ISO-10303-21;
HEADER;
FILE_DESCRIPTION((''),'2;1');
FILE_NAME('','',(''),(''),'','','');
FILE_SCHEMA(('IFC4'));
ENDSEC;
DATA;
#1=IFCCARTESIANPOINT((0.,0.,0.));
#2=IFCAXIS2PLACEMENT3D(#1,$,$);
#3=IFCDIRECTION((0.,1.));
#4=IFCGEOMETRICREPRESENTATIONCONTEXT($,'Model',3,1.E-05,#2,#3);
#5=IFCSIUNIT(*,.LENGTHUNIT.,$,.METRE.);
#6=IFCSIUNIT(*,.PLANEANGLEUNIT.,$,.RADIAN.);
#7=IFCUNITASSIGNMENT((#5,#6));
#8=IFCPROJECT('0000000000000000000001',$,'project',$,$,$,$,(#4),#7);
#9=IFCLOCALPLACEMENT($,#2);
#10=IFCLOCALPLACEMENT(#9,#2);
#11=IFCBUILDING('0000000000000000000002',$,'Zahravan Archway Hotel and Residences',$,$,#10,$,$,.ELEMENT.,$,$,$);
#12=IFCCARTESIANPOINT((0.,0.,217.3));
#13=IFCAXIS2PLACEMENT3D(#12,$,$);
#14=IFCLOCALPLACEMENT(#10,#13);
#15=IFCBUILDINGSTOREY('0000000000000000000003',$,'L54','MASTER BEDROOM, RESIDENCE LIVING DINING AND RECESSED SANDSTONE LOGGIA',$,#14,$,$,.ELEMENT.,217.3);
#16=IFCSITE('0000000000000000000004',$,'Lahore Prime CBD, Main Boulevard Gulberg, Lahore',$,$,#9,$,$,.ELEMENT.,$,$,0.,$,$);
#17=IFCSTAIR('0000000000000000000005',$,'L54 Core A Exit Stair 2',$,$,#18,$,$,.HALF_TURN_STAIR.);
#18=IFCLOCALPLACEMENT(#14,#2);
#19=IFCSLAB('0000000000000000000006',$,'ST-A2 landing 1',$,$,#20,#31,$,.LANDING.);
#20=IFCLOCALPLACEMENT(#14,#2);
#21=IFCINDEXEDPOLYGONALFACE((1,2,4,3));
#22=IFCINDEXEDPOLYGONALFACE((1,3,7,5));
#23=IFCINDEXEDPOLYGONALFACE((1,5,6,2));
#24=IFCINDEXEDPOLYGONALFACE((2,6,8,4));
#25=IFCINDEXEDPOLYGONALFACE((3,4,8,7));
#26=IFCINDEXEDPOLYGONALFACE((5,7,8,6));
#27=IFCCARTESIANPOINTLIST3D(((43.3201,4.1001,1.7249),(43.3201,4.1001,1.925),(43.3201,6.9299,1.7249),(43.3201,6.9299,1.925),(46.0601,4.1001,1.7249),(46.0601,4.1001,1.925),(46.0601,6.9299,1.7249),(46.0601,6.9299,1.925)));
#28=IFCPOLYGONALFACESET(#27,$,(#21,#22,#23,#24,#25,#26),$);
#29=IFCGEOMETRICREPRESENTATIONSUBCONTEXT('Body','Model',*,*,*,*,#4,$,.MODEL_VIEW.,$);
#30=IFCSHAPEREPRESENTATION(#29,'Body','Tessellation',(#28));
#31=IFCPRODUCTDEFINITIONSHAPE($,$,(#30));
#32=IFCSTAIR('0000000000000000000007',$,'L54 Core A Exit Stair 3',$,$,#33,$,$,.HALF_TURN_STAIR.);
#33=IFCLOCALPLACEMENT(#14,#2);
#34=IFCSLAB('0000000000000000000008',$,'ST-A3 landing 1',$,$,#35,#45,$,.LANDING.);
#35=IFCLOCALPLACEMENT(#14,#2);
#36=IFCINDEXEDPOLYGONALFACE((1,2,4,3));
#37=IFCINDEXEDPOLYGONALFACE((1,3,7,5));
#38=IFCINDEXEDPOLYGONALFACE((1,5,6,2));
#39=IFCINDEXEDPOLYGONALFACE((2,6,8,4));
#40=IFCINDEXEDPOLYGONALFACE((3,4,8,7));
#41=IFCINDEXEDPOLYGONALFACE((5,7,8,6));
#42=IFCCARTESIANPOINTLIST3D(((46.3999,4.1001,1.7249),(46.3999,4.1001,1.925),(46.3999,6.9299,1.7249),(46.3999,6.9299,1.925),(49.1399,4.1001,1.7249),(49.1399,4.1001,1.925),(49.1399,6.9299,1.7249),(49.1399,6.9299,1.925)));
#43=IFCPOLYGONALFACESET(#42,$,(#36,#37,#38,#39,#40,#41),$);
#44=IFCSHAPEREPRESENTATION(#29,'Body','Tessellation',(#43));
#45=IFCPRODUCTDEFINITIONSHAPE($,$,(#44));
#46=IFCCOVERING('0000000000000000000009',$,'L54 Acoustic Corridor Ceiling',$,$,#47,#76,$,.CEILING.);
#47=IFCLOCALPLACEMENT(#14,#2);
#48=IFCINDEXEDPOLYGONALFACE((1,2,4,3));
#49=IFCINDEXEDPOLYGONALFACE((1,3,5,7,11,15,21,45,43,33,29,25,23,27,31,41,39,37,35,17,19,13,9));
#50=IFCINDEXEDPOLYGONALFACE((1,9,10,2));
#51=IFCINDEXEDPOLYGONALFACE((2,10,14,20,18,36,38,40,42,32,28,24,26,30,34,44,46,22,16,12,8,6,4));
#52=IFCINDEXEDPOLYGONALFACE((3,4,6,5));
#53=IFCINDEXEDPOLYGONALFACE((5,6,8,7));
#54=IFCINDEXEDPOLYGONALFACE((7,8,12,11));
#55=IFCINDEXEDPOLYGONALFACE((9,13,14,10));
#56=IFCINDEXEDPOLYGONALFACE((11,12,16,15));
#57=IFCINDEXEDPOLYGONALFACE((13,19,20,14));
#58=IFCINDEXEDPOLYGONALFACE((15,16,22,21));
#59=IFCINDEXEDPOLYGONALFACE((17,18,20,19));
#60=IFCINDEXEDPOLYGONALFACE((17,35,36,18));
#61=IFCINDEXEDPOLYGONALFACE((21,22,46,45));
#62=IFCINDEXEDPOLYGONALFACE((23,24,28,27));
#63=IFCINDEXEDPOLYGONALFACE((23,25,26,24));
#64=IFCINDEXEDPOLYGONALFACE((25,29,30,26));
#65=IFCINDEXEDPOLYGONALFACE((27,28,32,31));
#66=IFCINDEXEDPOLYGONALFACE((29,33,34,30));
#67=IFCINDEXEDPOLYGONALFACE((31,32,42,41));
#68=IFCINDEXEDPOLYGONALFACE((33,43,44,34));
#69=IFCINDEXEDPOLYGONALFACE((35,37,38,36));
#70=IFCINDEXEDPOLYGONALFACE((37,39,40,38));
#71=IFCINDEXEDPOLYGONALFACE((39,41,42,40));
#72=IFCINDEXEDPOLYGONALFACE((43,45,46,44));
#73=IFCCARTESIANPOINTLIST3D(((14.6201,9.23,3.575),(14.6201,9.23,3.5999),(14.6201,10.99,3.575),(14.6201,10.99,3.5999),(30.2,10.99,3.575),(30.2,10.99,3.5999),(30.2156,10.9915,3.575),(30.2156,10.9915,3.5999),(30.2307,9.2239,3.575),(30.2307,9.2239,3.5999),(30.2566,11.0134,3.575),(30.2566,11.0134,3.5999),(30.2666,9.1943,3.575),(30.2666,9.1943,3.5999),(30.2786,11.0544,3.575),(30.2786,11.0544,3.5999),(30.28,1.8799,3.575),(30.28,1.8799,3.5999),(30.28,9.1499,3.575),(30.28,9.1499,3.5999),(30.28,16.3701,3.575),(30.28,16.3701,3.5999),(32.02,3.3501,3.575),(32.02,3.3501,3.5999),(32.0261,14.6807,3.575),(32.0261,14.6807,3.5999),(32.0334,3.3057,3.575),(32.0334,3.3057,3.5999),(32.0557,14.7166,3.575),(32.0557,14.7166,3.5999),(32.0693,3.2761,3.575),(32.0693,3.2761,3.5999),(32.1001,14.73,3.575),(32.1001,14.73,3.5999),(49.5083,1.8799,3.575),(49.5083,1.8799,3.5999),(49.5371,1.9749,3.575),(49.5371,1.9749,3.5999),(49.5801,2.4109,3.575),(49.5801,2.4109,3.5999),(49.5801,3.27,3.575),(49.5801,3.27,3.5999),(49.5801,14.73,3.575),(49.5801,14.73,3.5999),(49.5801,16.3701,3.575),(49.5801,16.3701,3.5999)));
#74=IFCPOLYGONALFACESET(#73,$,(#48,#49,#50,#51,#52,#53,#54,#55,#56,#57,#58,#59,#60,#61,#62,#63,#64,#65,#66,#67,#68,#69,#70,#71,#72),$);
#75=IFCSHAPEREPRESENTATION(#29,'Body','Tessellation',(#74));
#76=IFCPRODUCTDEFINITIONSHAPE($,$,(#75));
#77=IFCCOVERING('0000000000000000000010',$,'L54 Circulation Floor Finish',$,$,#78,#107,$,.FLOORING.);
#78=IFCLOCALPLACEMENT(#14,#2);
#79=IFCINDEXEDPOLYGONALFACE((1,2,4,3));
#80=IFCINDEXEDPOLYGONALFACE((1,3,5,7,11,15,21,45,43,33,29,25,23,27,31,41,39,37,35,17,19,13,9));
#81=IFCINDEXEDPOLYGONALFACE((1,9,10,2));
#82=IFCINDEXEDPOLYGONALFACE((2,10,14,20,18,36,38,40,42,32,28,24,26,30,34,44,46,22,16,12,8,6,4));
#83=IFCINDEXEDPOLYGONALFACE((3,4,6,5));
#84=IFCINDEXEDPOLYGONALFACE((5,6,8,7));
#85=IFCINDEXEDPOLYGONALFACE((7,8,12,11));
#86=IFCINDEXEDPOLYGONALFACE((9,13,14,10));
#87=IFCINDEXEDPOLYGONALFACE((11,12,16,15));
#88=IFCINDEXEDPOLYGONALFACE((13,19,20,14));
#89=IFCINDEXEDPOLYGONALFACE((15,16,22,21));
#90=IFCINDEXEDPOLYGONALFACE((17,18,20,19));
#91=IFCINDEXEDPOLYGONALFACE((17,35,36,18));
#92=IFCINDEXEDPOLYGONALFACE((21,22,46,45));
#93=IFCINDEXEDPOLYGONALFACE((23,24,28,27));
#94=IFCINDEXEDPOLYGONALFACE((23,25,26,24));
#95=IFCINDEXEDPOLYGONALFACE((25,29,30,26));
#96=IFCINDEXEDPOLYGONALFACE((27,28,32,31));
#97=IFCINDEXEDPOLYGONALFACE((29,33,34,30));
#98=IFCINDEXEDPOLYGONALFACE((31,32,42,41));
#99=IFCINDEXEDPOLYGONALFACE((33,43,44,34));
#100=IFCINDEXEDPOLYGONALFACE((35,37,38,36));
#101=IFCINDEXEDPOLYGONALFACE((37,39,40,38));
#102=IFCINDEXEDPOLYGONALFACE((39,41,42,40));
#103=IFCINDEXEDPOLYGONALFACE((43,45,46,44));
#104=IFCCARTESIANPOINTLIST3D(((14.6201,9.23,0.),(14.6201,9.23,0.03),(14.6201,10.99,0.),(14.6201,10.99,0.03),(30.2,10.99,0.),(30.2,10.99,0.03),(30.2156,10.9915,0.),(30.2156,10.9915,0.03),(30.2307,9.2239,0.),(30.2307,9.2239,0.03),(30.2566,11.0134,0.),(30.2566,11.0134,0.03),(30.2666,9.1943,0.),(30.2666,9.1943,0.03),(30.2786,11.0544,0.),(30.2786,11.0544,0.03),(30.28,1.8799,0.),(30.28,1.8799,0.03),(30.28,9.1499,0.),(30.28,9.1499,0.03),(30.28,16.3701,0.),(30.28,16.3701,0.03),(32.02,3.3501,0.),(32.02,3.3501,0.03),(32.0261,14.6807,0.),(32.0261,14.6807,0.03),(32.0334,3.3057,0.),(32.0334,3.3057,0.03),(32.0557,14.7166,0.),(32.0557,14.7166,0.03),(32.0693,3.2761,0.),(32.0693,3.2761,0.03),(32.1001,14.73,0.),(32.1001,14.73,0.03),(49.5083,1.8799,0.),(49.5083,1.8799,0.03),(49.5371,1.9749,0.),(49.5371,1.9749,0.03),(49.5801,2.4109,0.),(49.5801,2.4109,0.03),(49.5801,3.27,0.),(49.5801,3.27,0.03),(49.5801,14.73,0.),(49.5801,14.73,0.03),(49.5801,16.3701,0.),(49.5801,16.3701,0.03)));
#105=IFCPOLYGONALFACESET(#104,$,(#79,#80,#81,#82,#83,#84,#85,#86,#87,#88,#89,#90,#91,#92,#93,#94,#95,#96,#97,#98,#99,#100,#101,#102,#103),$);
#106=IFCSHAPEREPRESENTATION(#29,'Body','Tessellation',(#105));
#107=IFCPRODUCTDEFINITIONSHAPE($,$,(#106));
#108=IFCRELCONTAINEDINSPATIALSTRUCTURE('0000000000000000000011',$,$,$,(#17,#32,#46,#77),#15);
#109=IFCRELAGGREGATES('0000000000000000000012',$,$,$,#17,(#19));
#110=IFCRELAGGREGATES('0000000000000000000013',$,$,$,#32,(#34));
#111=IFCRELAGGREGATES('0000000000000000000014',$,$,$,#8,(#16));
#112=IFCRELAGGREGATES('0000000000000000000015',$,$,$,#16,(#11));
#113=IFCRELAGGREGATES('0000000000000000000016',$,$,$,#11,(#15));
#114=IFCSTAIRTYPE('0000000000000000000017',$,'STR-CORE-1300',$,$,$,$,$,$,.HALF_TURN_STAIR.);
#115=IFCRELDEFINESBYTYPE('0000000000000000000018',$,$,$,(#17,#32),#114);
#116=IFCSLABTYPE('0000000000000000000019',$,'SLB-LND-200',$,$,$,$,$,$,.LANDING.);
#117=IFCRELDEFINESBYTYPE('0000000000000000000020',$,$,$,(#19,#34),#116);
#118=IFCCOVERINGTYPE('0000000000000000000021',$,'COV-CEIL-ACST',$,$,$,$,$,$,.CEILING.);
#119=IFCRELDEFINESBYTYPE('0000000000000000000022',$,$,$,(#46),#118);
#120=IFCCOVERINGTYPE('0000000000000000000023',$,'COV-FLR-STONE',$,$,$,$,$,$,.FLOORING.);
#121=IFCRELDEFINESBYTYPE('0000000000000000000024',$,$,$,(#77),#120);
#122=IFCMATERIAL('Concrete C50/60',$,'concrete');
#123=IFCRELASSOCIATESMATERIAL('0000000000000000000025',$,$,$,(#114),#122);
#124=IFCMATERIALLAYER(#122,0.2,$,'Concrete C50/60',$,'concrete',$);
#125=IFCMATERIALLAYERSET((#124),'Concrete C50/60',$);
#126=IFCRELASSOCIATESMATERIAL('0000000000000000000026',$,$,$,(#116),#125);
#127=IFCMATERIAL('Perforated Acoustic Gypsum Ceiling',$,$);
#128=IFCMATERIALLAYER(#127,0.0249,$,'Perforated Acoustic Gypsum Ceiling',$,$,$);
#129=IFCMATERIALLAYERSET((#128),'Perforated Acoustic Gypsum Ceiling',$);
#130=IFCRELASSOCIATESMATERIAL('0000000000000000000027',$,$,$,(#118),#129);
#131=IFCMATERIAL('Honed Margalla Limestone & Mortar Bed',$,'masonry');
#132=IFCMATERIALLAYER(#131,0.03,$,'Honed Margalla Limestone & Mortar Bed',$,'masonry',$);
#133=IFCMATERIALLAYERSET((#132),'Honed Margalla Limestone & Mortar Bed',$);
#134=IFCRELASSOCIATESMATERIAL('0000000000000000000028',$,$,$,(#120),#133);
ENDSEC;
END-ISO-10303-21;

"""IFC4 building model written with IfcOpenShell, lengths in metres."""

from ifc_helpers import new_model, si_unit, direction, frame, origin, place, context, subcontext, project, spatial, polyline, outline, extrude, material, layer, layer_set, type_object, element, aggregate, save


model = new_model("IFC4")

# Units and contexts
model_context = context("Model", 3, precision=1e-05, world=origin(), true_north=direction((0.0, 1.0)))
body_context = subcontext(model_context, "Body", "Model", "MODEL_VIEW")
ifc_project = project(units=[si_unit("LENGTHUNIT", "METRE"), si_unit("PLANEANGLEUNIT", "RADIAN")], contexts=[model_context])

# Site, building, storey
site_placement = place(None, origin())
site = spatial("IfcSite", under=ifc_project, at=site_placement, Name="Lahore Prime CBD, Main Boulevard Gulberg, Lahore", CompositionType="ELEMENT", RefElevation=0.0)
building_placement = place(site_placement, origin())
building = spatial("IfcBuilding", under=site, at=building_placement, Name="Zahravan Archway Hotel and Residences", CompositionType="ELEMENT")
storey_placement = place(building_placement, frame((0.0, 0.0, 217.3)))
storey = spatial("IfcBuildingStorey", under=building, at=storey_placement, Name="L54", Description="MASTER BEDROOM, RESIDENCE LIVING DINING AND RECESSED SANDSTONE LOGGIA", CompositionType="ELEMENT", Elevation=217.3)

# Stairs, slabs
ifc_material_1 = material(Name="Concrete C50/60", Category="concrete")
stair_type = type_object("IfcStairType", Name="STR-CORE-1300", PredefinedType="HALF_TURN_STAIR", material=ifc_material_1)
ifc_layer_1 = layer(ifc_material_1, 0.2, Name="Concrete C50/60", Category="concrete")
ifc_layer_set_1 = layer_set([ifc_layer_1], Name="Concrete C50/60")
slab_type_1 = type_object("IfcSlabType", Name="SLB-LND-200", PredefinedType="LANDING", material=ifc_layer_set_1)
stair_1_placement = place(storey_placement, origin())
stair_1 = element("IfcStair", 1, at=stair_1_placement, inside=storey, type_object=stair_type, Name="L54 Core A Exit Stair 2", PredefinedType="HALF_TURN_STAIR")
slab_1_placement = place(storey_placement, frame((0.0, 0.0, 1.7249)))
slab_1 = element("IfcSlab", 2, at=slab_1_placement, type_object=slab_type_1, Name="ST-A2 landing 1", PredefinedType="LANDING", context=body_context, shape_type="SweptSolid", body=[
    extrude(outline(polyline([(43.3201, 6.9299), (43.3201, 4.1001), (46.0601, 4.1001), (46.0601, 6.9299), (43.3201, 6.9299)])), origin(), (0.0, 0.0, 1.0), 0.2002),
])
aggregate(stair_1, [slab_1])
stair_2_placement = place(storey_placement, origin())
stair_2 = element("IfcStair", 3, at=stair_2_placement, inside=storey, type_object=stair_type, Name="L54 Core A Exit Stair 3", PredefinedType="HALF_TURN_STAIR")
slab_2_placement = place(storey_placement, frame((0.0, 0.0, 1.7249)))
slab_2 = element("IfcSlab", 4, at=slab_2_placement, type_object=slab_type_1, Name="ST-A3 landing 1", PredefinedType="LANDING", context=body_context, shape_type="SweptSolid", body=[
    extrude(outline(polyline([(46.3999, 6.9299), (46.3999, 4.1001), (49.1399, 4.1001), (49.1399, 6.9299), (46.3999, 6.9299)])), origin(), (0.0, 0.0, 1.0), 0.2002),
])
aggregate(stair_2, [slab_2])

# Coverings
ifc_material_2 = material(Name="Perforated Acoustic Gypsum Ceiling")
ifc_layer_2 = layer(ifc_material_2, 0.0249, Name="Perforated Acoustic Gypsum Ceiling")
ifc_layer_set_2 = layer_set([ifc_layer_2], Name="Perforated Acoustic Gypsum Ceiling")
covering_type_1 = type_object("IfcCoveringType", Name="COV-CEIL-ACST", PredefinedType="CEILING", material=ifc_layer_set_2)
covering_1_placement = place(storey_placement, frame((0.0, 0.0, 3.575)))
element("IfcCovering", 5, at=covering_1_placement, inside=storey, type_object=covering_type_1, Name="L54 Acoustic Corridor Ceiling", PredefinedType="CEILING", context=body_context, shape_type="SweptSolid", body=[
    extrude(outline(polyline([(30.2156, 10.9915), (30.2566, 11.0134), (30.2786, 11.0544), (30.28, 16.3701), (49.5801, 16.3701), (49.5801, 14.73), (32.1001, 14.73), (32.0557, 14.7166), (32.0261, 14.6807), (32.02, 3.3501), (32.0334, 3.3057), (32.0693, 3.2761), (49.5801, 3.27), (49.5801, 2.4109), (49.5371, 1.9749), (49.5083, 1.8799), (30.28, 1.8799), (30.28, 9.1499), (30.2666, 9.1943), (30.2307, 9.2239), (14.6201, 9.23), (14.6201, 10.99), (30.2, 10.99), (30.2156, 10.9915)])), origin(), (0.0, 0.0, 1.0), 0.0249),
])
ifc_material_3 = material(Name="Honed Margalla Limestone & Mortar Bed", Category="masonry")
ifc_layer_3 = layer(ifc_material_3, 0.03, Name="Honed Margalla Limestone & Mortar Bed", Category="masonry")
ifc_layer_set_3 = layer_set([ifc_layer_3], Name="Honed Margalla Limestone & Mortar Bed")
covering_type_2 = type_object("IfcCoveringType", Name="COV-FLR-STONE", PredefinedType="FLOORING", material=ifc_layer_set_3)
covering_2_placement = place(storey_placement, origin())
element("IfcCovering", 6, at=covering_2_placement, inside=storey, type_object=covering_type_2, Name="L54 Circulation Floor Finish", PredefinedType="FLOORING", context=body_context, shape_type="SweptSolid", body=[
    extrude(outline(polyline([(30.2156, 10.9915), (30.2566, 11.0134), (30.2786, 11.0544), (30.28, 16.3701), (49.5801, 16.3701), (49.5801, 14.73), (32.1001, 14.73), (32.0557, 14.7166), (32.0261, 14.6807), (32.02, 3.3501), (32.0334, 3.3057), (32.0693, 3.2761), (49.5801, 3.27), (49.5801, 2.4109), (49.5371, 1.9749), (49.5083, 1.8799), (30.28, 1.8799), (30.28, 9.1499), (30.2666, 9.1943), (30.2307, 9.2239), (14.6201, 9.23), (14.6201, 10.99), (30.2, 10.99), (30.2156, 10.9915)])), origin(), (0.0, 0.0, 1.0), 0.03),
])

save(model, "model.ifc")
